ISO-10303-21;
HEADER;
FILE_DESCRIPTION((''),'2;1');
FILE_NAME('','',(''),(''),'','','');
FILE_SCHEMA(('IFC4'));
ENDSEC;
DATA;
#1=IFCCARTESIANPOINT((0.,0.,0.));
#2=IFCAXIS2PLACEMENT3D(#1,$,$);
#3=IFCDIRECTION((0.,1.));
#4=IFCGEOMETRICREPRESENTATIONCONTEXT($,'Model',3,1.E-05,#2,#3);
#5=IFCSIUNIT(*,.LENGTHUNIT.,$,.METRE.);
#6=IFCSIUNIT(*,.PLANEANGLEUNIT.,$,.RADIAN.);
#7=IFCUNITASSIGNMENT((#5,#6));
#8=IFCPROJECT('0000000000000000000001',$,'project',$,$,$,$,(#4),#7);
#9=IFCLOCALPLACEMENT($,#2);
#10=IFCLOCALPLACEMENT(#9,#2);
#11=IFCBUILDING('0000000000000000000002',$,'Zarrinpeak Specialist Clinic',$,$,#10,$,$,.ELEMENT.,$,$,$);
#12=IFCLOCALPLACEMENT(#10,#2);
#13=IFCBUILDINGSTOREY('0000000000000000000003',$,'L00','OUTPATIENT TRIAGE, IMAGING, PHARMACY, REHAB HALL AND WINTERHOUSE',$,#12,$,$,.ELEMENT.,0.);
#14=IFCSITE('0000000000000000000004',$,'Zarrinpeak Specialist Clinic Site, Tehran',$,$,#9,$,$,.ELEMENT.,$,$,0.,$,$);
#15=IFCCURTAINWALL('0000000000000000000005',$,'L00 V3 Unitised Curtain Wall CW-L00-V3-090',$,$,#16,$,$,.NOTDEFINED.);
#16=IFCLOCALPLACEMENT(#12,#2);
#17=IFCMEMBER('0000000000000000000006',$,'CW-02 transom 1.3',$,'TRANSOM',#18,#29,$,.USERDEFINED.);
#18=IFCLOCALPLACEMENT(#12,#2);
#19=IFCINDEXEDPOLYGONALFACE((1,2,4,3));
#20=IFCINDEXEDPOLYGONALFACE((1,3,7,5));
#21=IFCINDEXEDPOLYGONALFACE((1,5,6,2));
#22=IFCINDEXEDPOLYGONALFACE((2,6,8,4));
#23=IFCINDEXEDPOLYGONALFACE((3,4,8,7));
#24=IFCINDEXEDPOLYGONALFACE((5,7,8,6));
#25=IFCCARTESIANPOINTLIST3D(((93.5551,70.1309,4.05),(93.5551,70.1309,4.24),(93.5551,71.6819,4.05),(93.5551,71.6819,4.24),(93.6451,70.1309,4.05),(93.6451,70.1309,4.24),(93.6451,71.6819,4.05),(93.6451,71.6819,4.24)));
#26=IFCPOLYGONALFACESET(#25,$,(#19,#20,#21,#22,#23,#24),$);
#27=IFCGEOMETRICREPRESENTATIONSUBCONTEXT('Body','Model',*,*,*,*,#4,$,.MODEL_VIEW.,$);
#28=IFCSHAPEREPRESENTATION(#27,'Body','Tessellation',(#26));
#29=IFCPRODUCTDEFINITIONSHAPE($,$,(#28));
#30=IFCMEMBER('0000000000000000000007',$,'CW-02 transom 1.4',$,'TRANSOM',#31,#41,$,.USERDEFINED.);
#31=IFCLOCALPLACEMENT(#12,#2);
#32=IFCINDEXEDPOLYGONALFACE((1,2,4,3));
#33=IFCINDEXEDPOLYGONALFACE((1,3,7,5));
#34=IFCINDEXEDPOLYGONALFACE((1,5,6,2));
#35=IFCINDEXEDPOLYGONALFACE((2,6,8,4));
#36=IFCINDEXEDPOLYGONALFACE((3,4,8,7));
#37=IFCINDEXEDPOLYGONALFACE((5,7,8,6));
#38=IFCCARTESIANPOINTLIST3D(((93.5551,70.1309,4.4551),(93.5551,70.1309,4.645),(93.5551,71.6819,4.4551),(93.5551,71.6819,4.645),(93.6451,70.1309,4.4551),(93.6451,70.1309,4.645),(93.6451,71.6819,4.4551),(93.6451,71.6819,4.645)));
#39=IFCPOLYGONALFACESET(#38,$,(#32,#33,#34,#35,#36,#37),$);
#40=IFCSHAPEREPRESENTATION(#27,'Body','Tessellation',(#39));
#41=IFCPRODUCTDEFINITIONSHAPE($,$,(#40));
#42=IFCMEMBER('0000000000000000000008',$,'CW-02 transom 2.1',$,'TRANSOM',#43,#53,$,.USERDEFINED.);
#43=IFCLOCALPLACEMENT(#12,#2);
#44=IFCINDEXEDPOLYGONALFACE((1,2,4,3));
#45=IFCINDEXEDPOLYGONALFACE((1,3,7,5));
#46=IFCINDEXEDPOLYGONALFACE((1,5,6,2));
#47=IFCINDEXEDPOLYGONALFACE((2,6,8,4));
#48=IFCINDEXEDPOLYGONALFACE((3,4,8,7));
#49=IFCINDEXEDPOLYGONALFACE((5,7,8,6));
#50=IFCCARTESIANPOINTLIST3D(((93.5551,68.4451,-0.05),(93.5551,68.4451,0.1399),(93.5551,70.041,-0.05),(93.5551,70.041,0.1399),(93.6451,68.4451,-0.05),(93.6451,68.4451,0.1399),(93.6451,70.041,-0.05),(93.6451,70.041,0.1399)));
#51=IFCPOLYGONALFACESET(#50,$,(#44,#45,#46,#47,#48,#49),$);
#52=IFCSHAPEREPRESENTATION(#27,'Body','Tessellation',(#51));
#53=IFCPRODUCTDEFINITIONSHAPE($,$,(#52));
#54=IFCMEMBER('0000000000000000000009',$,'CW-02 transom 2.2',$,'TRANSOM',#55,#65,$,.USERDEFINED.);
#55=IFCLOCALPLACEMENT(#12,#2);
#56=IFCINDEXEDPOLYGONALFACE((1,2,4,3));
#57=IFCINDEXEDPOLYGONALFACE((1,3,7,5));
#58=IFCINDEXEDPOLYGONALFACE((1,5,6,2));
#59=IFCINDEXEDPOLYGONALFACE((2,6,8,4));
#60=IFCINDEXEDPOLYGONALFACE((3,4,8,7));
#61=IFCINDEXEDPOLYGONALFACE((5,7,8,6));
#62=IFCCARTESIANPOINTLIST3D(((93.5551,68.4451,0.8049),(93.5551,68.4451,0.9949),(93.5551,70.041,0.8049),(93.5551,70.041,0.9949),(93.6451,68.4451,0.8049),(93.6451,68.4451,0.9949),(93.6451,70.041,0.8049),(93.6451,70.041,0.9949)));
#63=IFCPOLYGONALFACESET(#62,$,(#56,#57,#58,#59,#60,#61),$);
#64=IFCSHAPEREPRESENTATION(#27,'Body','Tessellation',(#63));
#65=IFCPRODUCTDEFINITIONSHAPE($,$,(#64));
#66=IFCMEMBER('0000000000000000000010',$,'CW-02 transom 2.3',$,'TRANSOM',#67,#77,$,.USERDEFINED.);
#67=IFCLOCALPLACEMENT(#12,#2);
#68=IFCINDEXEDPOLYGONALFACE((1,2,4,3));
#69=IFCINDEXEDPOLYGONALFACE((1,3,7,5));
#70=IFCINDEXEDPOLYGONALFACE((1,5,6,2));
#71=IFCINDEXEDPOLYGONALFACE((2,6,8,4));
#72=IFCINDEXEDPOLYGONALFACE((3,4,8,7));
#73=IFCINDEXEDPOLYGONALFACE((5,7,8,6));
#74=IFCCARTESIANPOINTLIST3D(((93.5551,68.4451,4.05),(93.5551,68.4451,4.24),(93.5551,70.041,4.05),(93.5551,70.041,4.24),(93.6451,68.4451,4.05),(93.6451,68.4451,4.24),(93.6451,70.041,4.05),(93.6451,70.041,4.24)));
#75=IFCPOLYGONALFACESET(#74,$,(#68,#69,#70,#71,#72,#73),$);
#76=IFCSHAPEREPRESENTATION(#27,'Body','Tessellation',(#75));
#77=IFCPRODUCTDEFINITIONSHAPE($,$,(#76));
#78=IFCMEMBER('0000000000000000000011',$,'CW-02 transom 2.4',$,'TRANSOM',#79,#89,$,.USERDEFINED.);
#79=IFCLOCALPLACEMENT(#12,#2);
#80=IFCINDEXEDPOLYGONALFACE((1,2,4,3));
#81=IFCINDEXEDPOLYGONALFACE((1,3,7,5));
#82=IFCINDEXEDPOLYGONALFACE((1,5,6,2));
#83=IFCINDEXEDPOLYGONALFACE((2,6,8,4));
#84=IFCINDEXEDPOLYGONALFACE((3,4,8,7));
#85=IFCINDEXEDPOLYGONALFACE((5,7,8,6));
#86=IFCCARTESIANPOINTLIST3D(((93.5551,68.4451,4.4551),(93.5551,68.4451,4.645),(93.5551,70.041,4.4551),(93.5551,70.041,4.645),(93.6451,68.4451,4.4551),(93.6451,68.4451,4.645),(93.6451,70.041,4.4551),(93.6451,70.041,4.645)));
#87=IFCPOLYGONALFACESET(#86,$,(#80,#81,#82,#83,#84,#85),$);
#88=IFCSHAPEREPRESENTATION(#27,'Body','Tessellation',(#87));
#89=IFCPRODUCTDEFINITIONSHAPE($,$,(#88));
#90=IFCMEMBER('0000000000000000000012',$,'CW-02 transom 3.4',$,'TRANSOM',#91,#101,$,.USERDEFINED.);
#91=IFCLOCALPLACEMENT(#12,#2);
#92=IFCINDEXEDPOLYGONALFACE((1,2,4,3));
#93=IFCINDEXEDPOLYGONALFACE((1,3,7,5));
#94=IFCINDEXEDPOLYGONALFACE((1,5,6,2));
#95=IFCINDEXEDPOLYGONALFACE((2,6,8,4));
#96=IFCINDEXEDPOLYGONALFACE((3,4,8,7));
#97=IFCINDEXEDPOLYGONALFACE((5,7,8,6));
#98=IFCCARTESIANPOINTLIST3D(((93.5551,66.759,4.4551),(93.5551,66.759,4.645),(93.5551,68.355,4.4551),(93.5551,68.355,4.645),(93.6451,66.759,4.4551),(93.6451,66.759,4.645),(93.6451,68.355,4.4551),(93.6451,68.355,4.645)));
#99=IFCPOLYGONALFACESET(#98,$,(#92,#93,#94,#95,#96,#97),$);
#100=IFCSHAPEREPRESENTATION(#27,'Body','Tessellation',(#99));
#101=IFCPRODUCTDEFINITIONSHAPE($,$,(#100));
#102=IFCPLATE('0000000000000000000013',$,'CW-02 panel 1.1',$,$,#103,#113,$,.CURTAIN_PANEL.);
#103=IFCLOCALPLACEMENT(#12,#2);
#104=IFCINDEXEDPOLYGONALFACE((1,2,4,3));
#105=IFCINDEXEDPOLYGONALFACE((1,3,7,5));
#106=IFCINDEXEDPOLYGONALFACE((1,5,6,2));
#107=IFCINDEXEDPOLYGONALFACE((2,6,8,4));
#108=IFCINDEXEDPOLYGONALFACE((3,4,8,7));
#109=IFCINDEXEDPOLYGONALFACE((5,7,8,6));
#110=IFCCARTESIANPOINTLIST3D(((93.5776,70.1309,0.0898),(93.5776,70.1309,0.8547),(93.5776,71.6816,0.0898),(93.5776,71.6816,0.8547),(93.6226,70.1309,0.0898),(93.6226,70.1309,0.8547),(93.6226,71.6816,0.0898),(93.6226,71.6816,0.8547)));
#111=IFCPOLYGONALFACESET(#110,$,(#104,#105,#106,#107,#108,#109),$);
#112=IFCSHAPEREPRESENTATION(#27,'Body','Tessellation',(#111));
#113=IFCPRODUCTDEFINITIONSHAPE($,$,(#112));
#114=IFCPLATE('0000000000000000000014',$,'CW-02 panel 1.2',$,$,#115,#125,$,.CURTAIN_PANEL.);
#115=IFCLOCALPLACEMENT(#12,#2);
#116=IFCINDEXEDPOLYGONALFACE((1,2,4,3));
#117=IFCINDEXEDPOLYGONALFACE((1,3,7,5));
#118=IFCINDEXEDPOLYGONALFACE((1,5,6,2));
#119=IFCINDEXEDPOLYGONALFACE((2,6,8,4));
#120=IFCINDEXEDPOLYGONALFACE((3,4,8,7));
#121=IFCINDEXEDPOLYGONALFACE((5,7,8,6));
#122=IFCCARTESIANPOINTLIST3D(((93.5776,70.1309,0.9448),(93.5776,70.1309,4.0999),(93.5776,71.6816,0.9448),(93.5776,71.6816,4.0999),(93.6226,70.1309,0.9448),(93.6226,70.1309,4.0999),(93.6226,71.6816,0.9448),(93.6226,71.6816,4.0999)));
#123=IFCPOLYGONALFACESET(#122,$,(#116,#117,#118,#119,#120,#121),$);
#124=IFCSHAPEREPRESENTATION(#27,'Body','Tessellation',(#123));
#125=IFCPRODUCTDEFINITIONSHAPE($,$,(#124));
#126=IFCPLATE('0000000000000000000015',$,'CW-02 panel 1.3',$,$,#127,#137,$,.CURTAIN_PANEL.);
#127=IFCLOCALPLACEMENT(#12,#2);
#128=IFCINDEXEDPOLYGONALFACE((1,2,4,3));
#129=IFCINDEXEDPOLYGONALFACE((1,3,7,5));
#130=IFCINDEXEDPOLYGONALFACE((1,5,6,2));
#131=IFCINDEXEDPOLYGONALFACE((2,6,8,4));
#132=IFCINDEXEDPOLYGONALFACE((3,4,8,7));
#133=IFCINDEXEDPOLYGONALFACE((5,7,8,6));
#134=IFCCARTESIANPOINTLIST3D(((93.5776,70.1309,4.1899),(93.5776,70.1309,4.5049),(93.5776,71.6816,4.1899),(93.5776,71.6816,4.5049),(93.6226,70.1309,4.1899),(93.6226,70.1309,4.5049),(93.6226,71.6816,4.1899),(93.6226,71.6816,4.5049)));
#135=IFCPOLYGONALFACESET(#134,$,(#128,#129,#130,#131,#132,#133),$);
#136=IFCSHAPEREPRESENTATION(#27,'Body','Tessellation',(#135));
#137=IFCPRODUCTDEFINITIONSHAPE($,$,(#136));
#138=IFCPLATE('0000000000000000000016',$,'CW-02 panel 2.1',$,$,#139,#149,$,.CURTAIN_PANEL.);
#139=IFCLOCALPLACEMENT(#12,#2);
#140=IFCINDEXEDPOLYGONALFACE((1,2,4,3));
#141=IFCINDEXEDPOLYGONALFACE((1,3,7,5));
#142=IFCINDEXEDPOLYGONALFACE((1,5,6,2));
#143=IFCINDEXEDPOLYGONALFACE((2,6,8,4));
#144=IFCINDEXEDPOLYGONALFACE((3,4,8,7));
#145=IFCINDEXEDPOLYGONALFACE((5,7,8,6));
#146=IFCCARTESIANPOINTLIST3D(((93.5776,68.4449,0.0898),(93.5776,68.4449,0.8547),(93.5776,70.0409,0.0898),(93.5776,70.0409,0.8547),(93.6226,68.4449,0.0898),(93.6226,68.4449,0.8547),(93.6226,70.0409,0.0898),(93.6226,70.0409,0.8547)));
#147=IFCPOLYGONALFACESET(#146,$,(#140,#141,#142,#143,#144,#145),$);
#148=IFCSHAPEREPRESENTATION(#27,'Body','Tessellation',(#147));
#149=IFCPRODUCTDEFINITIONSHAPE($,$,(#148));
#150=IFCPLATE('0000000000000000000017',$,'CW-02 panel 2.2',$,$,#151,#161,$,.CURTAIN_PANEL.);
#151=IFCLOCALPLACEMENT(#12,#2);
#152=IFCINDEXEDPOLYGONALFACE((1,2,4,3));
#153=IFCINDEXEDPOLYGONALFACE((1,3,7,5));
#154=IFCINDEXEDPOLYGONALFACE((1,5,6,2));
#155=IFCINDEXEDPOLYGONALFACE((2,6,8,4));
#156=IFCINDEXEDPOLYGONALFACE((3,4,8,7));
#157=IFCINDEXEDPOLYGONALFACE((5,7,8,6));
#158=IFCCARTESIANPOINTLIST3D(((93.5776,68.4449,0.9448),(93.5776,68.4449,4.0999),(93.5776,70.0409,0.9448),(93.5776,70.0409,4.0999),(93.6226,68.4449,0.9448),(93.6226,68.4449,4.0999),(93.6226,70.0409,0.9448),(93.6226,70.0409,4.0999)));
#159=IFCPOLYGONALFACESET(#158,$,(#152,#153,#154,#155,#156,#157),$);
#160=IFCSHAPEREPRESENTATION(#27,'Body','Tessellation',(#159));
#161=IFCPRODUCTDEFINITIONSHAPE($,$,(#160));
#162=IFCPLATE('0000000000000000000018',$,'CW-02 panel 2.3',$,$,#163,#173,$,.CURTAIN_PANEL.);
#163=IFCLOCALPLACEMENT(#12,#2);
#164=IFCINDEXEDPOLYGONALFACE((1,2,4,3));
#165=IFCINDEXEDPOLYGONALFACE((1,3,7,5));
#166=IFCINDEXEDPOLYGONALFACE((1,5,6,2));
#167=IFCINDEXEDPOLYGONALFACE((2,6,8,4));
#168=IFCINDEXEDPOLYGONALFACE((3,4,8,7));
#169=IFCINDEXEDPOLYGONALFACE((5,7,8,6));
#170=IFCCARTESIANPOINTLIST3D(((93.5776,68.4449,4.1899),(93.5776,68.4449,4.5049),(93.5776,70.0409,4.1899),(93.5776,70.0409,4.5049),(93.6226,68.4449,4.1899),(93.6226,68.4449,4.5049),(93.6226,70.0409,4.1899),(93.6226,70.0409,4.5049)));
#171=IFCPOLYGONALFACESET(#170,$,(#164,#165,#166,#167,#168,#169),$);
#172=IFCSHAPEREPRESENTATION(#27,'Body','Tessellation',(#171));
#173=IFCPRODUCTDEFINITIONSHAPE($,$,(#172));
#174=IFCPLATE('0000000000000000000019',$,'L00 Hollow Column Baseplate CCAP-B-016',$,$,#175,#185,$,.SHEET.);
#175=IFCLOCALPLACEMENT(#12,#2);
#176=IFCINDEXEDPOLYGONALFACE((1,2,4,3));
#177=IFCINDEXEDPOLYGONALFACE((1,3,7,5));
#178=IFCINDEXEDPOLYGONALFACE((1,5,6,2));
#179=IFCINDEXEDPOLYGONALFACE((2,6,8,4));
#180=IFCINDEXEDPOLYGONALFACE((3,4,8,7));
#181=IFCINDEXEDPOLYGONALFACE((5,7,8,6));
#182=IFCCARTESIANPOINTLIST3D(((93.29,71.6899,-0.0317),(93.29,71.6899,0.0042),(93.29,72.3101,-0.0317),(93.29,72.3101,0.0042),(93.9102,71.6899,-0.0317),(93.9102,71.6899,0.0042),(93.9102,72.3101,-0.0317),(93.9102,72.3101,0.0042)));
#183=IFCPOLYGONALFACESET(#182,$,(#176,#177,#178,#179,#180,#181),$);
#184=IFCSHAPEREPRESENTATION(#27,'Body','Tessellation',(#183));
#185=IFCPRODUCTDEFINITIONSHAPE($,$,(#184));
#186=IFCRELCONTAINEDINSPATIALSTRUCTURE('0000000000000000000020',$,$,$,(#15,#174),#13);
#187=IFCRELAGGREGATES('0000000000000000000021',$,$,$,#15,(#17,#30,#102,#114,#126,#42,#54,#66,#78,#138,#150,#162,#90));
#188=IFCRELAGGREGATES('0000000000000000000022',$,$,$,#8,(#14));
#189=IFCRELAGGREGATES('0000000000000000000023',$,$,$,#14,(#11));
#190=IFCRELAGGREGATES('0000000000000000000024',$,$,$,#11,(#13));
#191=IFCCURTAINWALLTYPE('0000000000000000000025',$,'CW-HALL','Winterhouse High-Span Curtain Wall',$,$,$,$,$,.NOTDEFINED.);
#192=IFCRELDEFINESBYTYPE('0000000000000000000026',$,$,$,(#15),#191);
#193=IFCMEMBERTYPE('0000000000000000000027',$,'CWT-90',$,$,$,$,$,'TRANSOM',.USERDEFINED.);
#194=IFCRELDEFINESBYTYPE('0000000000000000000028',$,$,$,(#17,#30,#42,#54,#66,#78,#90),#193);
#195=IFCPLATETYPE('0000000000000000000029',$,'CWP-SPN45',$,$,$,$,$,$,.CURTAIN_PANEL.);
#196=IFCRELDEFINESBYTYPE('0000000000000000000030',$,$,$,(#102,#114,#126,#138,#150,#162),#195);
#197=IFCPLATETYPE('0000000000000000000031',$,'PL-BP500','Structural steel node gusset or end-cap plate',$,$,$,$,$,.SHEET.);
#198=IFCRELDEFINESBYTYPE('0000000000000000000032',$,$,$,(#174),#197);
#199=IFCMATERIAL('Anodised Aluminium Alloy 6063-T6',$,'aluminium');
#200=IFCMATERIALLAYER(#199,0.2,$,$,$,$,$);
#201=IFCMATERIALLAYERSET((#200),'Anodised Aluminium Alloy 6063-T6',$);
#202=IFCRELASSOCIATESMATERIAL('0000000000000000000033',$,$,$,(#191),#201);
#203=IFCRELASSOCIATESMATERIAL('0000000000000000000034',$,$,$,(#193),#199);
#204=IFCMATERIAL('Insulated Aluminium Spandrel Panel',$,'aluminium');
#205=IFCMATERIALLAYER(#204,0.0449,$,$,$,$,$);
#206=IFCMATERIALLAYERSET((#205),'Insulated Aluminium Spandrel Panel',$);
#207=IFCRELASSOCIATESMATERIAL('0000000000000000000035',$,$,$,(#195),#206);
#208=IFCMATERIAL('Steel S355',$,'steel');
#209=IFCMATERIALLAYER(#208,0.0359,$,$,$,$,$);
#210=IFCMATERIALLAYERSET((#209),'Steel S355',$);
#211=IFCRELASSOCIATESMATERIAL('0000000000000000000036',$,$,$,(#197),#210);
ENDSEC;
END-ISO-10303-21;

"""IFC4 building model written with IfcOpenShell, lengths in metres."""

from ifc_helpers import new_model, si_unit, direction, frame, origin, origin_2d, place, context, subcontext, project, spatial, rectangle, extrude, material, layer, layer_set, material_profile, profile_set, type_object, element, aggregate, save


model = new_model("IFC4")

# Units and contexts
model_context = context("Model", 3, precision=1e-05, world=origin(), true_north=direction((0.0, 1.0)))
body_context = subcontext(model_context, "Body", "Model", "MODEL_VIEW")
ifc_project = project(units=[si_unit("LENGTHUNIT", "METRE"), si_unit("PLANEANGLEUNIT", "RADIAN")], contexts=[model_context])

# Site, building, storey
site_placement = place(None, origin())
site = spatial("IfcSite", under=ifc_project, at=site_placement, Name="Zarrinpeak Specialist Clinic Site, Tehran", CompositionType="ELEMENT", RefElevation=0.0)
building_placement = place(site_placement, origin())
building = spatial("IfcBuilding", under=site, at=building_placement, Name="Zarrinpeak Specialist Clinic", CompositionType="ELEMENT")
storey_placement = place(building_placement, origin())
storey = spatial("IfcBuildingStorey", under=building, at=storey_placement, Name="L00", Description="OUTPATIENT TRIAGE, IMAGING, PHARMACY, REHAB HALL AND WINTERHOUSE", CompositionType="ELEMENT", Elevation=0.0)

# Shared definitions
ifc_material_1 = material(Name="Steel S355", Category="steel")

# Shared definitions
ifc_material_2 = material(Name="Anodised Aluminium Alloy 6063-T6", Category="aluminium")
ifc_layer_1 = layer(ifc_material_2, 0.2)
ifc_layer_set_1 = layer_set([ifc_layer_1], Name="Anodised Aluminium Alloy 6063-T6")
curtain_wall_type = type_object("IfcCurtainWallType", Name="CW-HALL", Description="Winterhouse High-Span Curtain Wall", PredefinedType="NOTDEFINED", material=ifc_layer_set_1)

# Curtain wall, members, plates
curtain_wall_1_placement = place(storey_placement, origin())
curtain_wall_1 = element("IfcCurtainWall", 1, at=curtain_wall_1_placement, inside=storey, type_object=curtain_wall_type, Name="L00 V3 Unitised Curtain Wall CW-L00-V3-090", PredefinedType="NOTDEFINED")
ifc_material_profile_1 = material_profile(ifc_material_2, rectangle(XDim=0.0901, YDim=0.1899, at=origin_2d()), Name="ALU 90x190")
ifc_profile_set_1 = profile_set([ifc_material_profile_1], Name="Anodised Aluminium Alloy 6063-T6")
member_type_1 = type_object("IfcMemberType", Name="CWT-90", ElementType="TRANSOM", PredefinedType="USERDEFINED", material=ifc_profile_set_1)
member_1_placement = place(storey_placement, frame((93.6001, 71.6819, 4.145), z_axis=(0.0, -1.0, 0.0), x_axis=(1.0, 0.0, 0.0)))
member_1 = element("IfcMember", 2, at=member_1_placement, type_object=member_type_1, Name="CW-02 transom 1.3", ObjectType="TRANSOM", PredefinedType="USERDEFINED", context=body_context, shape_type="SweptSolid", body=[
    extrude(rectangle(XDim=0.0901, YDim=0.1899, at=origin_2d()), origin(), (0.0, 0.0, 1.0), 1.551),
])
member_2_placement = place(storey_placement, frame((93.6001, 71.6819, 4.55), z_axis=(0.0, -1.0, 0.0), x_axis=(1.0, 0.0, 0.0)))
member_2 = element("IfcMember", 3, at=member_2_placement, type_object=member_type_1, Name="CW-02 transom 1.4", ObjectType="TRANSOM", PredefinedType="USERDEFINED", context=body_context, shape_type="SweptSolid", body=[
    extrude(rectangle(XDim=0.0901, YDim=0.1899, at=origin_2d()), origin(), (0.0, 0.0, 1.0), 1.551),
])
member_3_placement = place(storey_placement, frame((93.6001, 70.041, 0.0449), z_axis=(0.0, -1.0, 0.0), x_axis=(1.0, 0.0, 0.0)))
member_3 = element("IfcMember", 4, at=member_3_placement, type_object=member_type_1, Name="CW-02 transom 2.1", ObjectType="TRANSOM", PredefinedType="USERDEFINED", context=body_context, shape_type="SweptSolid", body=[
    extrude(rectangle(XDim=0.0901, YDim=0.1899, at=origin_2d()), origin(), (0.0, 0.0, 1.0), 1.5959),
])
member_4_placement = place(storey_placement, frame((93.6001, 70.041, 0.8999), z_axis=(0.0, -1.0, 0.0), x_axis=(1.0, 0.0, 0.0)))
member_4 = element("IfcMember", 5, at=member_4_placement, type_object=member_type_1, Name="CW-02 transom 2.2", ObjectType="TRANSOM", PredefinedType="USERDEFINED", context=body_context, shape_type="SweptSolid", body=[
    extrude(rectangle(XDim=0.0901, YDim=0.1899, at=origin_2d()), origin(), (0.0, 0.0, 1.0), 1.5959),
])
member_5_placement = place(storey_placement, frame((93.6001, 70.041, 4.145), z_axis=(0.0, -1.0, 0.0), x_axis=(1.0, 0.0, 0.0)))
member_5 = element("IfcMember", 6, at=member_5_placement, type_object=member_type_1, Name="CW-02 transom 2.3", ObjectType="TRANSOM", PredefinedType="USERDEFINED", context=body_context, shape_type="SweptSolid", body=[
    extrude(rectangle(XDim=0.0901, YDim=0.1899, at=origin_2d()), origin(), (0.0, 0.0, 1.0), 1.5959),
])
member_6_placement = place(storey_placement, frame((93.6001, 70.041, 4.55), z_axis=(0.0, -1.0, 0.0), x_axis=(1.0, 0.0, 0.0)))
member_6 = element("IfcMember", 7, at=member_6_placement, type_object=member_type_1, Name="CW-02 transom 2.4", ObjectType="TRANSOM", PredefinedType="USERDEFINED", context=body_context, shape_type="SweptSolid", body=[
    extrude(rectangle(XDim=0.0901, YDim=0.1899, at=origin_2d()), origin(), (0.0, 0.0, 1.0), 1.5959),
])
member_7_placement = place(storey_placement, frame((93.6001, 68.355, 4.55), z_axis=(0.0, -1.0, 0.0), x_axis=(1.0, 0.0, 0.0)))
member_7 = element("IfcMember", 8, at=member_7_placement, type_object=member_type_1, Name="CW-02 transom 3.4", ObjectType="TRANSOM", PredefinedType="USERDEFINED", context=body_context, shape_type="SweptSolid", body=[
    extrude(rectangle(XDim=0.0901, YDim=0.1899, at=origin_2d()), origin(), (0.0, 0.0, 1.0), 1.5959),
])
ifc_material_3 = material(Name="Insulated Aluminium Spandrel Panel", Category="aluminium")
ifc_layer_2 = layer(ifc_material_3, 0.0449)
ifc_layer_set_2 = layer_set([ifc_layer_2], Name="Insulated Aluminium Spandrel Panel")
plate_type_1 = type_object("IfcPlateType", Name="CWP-SPN45", PredefinedType="CURTAIN_PANEL", material=ifc_layer_set_2)
plate_1_placement = place(storey_placement, frame((93.6001, 70.9062, 0.0898), z_axis=(0.0, 0.0, 1.0), x_axis=(0.0, -1.0, 0.0)))
plate_1 = element("IfcPlate", 9, at=plate_1_placement, type_object=plate_type_1, Name="CW-02 panel 1.1", PredefinedType="CURTAIN_PANEL", context=body_context, shape_type="SweptSolid", body=[
    extrude(rectangle(XDim=1.5508, YDim=0.0449, at=origin_2d()), origin(), (0.0, 0.0, 1.0), 0.7649),
])
plate_2_placement = place(storey_placement, frame((93.6001, 70.9062, 0.9448), z_axis=(0.0, 0.0, 1.0), x_axis=(0.0, -1.0, 0.0)))
plate_2 = element("IfcPlate", 10, at=plate_2_placement, type_object=plate_type_1, Name="CW-02 panel 1.2", PredefinedType="CURTAIN_PANEL", context=body_context, shape_type="SweptSolid", body=[
    extrude(rectangle(XDim=1.5508, YDim=0.0449, at=origin_2d()), origin(), (0.0, 0.0, 1.0), 3.155),
])
plate_3_placement = place(storey_placement, frame((93.6001, 70.9062, 4.1899), z_axis=(0.0, 0.0, 1.0), x_axis=(0.0, -1.0, 0.0)))
plate_3 = element("IfcPlate", 11, at=plate_3_placement, type_object=plate_type_1, Name="CW-02 panel 1.3", PredefinedType="CURTAIN_PANEL", context=body_context, shape_type="SweptSolid", body=[
    extrude(rectangle(XDim=1.5508, YDim=0.0449, at=origin_2d()), origin(), (0.0, 0.0, 1.0), 0.3149),
])
plate_4_placement = place(storey_placement, frame((93.6001, 69.2429, 0.0898), z_axis=(0.0, 0.0, 1.0), x_axis=(0.0, -1.0, 0.0)))
plate_4 = element("IfcPlate", 12, at=plate_4_placement, type_object=plate_type_1, Name="CW-02 panel 2.1", PredefinedType="CURTAIN_PANEL", context=body_context, shape_type="SweptSolid", body=[
    extrude(rectangle(XDim=1.5959, YDim=0.0449, at=origin_2d()), origin(), (0.0, 0.0, 1.0), 0.7649),
])
plate_5_placement = place(storey_placement, frame((93.6001, 69.2429, 0.9448), z_axis=(0.0, 0.0, 1.0), x_axis=(0.0, -1.0, 0.0)))
plate_5 = element("IfcPlate", 13, at=plate_5_placement, type_object=plate_type_1, Name="CW-02 panel 2.2", PredefinedType="CURTAIN_PANEL", context=body_context, shape_type="SweptSolid", body=[
    extrude(rectangle(XDim=1.5959, YDim=0.0449, at=origin_2d()), origin(), (0.0, 0.0, 1.0), 3.155),
])
plate_6_placement = place(storey_placement, frame((93.6001, 69.2429, 4.1899), z_axis=(0.0, 0.0, 1.0), x_axis=(0.0, -1.0, 0.0)))
plate_6 = element("IfcPlate", 14, at=plate_6_placement, type_object=plate_type_1, Name="CW-02 panel 2.3", PredefinedType="CURTAIN_PANEL", context=body_context, shape_type="SweptSolid", body=[
    extrude(rectangle(XDim=1.5959, YDim=0.0449, at=origin_2d()), origin(), (0.0, 0.0, 1.0), 0.3149),
])
aggregate(curtain_wall_1, [member_1, member_2, plate_1, plate_2, plate_3, member_3, member_4, member_5, member_6, plate_4, plate_5, plate_6, member_7])

# Plate
ifc_layer_3 = layer(ifc_material_1, 0.0359)
ifc_layer_set_3 = layer_set([ifc_layer_3], Name="Steel S355")
plate_type_2 = type_object("IfcPlateType", Name="PL-BP500", Description="Structural steel node gusset or end-cap plate", PredefinedType="SHEET", material=ifc_layer_set_3)
plate_7_placement = place(storey_placement, frame((93.6001, 72.0, -0.0317), z_axis=(0.0, 0.0, 1.0), x_axis=(1.0, 0.0, 0.0)))
element("IfcPlate", 15, at=plate_7_placement, inside=storey, type_object=plate_type_2, Name="L00 Hollow Column Baseplate CCAP-B-016", PredefinedType="SHEET", context=body_context, shape_type="SweptSolid", body=[
    extrude(rectangle(XDim=0.6201, YDim=0.6201, at=origin_2d()), origin(), (0.0, 0.0, 1.0), 0.0359),
])

save(model, "model.ifc")
